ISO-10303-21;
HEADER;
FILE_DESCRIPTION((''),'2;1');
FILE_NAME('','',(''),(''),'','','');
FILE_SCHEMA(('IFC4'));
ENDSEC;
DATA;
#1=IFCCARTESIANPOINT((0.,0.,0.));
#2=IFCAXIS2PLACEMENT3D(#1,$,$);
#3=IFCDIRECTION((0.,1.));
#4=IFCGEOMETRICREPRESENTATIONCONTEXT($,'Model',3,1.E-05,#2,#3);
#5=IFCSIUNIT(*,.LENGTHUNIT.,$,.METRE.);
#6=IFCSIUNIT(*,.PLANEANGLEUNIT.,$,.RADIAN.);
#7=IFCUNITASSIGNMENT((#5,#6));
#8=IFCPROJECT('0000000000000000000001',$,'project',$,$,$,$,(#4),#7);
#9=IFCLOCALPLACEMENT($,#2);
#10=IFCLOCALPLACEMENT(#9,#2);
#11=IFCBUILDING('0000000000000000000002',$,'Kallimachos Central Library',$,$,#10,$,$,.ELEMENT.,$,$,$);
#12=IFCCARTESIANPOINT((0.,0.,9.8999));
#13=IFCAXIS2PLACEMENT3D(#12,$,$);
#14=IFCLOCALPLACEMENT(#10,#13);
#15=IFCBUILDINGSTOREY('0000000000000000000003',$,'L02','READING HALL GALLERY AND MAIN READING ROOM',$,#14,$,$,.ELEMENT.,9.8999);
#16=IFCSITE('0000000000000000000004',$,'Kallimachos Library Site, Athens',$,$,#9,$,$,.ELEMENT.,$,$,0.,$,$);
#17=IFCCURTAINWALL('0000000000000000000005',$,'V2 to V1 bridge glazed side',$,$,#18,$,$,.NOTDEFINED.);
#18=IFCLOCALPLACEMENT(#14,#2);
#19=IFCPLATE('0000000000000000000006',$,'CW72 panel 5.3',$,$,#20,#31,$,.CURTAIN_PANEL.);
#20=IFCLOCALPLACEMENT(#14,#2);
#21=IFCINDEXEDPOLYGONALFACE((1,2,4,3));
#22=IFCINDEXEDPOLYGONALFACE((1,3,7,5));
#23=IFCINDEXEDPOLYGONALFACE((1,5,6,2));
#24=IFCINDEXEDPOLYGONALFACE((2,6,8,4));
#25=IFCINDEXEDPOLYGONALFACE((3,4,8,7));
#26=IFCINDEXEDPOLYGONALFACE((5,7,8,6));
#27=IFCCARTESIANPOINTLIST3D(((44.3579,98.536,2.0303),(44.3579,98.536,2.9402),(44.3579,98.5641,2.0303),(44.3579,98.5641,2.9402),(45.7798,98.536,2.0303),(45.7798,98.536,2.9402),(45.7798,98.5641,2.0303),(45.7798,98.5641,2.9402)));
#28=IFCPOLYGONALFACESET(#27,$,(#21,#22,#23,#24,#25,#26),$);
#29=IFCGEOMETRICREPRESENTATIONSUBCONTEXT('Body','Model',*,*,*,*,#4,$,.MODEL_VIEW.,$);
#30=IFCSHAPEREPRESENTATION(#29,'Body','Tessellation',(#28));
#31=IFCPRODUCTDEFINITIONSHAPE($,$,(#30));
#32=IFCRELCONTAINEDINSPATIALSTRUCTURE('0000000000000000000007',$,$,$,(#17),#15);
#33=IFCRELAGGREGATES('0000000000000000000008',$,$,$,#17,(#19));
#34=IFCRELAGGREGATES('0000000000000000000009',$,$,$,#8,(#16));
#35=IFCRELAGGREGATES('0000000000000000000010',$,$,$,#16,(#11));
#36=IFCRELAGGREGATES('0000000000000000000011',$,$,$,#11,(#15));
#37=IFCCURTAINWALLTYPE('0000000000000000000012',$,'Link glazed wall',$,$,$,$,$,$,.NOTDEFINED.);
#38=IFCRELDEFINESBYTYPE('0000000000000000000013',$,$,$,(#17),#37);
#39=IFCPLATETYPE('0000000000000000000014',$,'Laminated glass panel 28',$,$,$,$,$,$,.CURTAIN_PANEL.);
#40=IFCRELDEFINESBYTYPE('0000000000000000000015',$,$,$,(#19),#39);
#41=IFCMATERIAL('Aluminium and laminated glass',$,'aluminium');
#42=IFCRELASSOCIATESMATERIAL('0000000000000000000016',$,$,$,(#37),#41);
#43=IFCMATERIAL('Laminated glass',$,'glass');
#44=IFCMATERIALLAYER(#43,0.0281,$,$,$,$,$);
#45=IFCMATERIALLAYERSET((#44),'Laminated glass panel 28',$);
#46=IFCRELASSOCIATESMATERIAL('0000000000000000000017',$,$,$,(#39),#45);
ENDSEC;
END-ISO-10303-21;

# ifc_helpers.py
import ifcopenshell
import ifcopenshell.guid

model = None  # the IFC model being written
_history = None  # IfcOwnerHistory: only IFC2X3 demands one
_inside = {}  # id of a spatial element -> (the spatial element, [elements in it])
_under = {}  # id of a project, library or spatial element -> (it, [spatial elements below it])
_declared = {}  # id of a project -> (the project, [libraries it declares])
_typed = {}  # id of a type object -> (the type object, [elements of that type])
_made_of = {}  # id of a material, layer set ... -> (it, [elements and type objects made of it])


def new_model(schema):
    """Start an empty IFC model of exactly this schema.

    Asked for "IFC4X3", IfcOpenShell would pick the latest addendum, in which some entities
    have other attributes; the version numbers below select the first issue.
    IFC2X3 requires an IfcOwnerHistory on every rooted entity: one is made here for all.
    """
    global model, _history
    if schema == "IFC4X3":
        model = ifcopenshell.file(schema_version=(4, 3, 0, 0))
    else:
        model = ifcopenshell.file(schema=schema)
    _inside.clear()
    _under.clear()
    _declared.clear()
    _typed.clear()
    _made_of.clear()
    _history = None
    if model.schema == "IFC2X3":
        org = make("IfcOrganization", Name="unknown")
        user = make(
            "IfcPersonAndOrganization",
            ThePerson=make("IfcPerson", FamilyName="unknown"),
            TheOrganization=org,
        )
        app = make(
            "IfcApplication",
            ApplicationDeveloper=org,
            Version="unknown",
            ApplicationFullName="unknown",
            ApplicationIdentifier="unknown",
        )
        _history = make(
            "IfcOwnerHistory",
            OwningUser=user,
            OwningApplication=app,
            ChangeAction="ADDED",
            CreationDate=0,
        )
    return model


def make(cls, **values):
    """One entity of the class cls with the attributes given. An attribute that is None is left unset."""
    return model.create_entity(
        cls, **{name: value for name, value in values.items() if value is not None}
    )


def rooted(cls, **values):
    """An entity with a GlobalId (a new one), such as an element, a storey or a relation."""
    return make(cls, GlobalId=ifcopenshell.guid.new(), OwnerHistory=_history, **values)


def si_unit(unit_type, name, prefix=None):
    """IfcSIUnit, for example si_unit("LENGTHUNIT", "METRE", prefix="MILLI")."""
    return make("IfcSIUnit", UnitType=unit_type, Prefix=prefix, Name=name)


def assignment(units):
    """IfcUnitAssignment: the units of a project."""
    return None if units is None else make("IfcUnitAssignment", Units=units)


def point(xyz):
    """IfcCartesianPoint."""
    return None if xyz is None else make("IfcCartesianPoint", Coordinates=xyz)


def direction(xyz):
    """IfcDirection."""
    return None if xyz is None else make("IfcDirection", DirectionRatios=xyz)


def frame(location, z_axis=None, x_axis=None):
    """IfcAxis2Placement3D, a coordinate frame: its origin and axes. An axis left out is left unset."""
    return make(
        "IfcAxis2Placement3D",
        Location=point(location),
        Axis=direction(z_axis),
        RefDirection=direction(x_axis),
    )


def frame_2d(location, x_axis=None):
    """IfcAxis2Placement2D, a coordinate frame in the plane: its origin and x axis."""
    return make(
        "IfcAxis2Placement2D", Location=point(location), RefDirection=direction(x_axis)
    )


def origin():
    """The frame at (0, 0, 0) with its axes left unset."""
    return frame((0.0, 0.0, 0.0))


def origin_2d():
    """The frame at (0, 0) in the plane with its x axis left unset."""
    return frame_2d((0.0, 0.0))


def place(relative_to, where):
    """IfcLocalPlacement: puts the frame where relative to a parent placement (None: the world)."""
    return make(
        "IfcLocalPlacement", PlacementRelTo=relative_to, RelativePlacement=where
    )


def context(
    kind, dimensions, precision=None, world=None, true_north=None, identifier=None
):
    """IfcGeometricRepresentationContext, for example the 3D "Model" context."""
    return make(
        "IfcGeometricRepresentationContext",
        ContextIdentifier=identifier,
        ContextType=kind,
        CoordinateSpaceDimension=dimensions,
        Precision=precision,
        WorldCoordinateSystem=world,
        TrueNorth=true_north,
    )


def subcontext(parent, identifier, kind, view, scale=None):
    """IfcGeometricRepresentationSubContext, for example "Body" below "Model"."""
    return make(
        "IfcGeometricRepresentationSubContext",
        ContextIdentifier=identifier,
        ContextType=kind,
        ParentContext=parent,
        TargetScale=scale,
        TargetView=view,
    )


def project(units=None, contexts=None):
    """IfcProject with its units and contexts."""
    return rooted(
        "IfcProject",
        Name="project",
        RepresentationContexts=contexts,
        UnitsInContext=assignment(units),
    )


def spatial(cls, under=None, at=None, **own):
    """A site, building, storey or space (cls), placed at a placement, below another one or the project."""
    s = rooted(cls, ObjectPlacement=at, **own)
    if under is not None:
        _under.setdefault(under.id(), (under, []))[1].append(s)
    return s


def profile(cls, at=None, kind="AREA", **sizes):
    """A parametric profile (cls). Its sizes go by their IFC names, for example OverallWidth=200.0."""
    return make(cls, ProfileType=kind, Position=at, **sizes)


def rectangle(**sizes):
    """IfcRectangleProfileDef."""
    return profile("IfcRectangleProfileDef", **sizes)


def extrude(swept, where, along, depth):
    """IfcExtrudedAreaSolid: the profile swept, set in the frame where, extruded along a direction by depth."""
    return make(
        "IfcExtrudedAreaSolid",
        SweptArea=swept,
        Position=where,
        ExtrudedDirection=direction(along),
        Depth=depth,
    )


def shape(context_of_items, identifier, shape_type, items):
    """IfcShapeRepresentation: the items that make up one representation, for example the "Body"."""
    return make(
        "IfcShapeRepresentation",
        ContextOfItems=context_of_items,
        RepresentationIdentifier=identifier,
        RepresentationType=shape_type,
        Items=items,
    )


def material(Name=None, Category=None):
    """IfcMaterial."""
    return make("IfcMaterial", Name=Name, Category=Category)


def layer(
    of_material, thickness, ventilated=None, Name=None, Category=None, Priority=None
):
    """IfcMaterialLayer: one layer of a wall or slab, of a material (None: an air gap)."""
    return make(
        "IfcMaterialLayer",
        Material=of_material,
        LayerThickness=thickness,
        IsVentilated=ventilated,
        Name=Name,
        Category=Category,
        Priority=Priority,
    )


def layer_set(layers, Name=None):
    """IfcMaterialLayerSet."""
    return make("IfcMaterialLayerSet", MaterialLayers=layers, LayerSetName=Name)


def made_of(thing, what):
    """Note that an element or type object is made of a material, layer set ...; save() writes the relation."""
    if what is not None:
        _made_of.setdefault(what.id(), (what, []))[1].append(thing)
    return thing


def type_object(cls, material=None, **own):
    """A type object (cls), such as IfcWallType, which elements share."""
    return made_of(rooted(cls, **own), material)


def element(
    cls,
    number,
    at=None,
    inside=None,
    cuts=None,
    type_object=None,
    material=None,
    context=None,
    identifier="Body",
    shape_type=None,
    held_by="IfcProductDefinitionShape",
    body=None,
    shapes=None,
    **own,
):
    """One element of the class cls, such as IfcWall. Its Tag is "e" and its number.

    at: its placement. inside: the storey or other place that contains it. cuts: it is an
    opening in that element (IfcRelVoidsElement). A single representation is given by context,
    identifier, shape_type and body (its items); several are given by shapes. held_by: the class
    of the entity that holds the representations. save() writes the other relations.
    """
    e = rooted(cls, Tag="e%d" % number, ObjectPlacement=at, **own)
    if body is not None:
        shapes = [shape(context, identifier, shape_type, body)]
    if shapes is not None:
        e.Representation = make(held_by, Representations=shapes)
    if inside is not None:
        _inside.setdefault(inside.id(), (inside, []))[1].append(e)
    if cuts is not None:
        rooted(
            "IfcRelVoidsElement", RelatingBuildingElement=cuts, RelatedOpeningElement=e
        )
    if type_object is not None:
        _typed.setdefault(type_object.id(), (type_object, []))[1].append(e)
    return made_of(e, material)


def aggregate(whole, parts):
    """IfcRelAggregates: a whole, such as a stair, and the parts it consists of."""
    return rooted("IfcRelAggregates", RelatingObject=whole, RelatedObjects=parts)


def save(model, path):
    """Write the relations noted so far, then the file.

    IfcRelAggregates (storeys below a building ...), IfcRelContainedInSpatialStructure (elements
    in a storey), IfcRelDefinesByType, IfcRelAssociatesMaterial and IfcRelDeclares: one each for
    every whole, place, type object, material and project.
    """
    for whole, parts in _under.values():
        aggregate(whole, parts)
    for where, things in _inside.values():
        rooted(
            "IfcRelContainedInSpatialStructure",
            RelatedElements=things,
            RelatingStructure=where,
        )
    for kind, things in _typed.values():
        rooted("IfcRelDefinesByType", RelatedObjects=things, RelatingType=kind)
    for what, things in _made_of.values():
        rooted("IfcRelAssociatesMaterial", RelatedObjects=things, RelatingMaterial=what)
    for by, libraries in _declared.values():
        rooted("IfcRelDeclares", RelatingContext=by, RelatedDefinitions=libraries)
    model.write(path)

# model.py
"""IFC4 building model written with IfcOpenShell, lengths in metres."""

from ifc_helpers import new_model, si_unit, direction, frame, origin, origin_2d, place, context, subcontext, project, spatial, rectangle, extrude, material, layer, layer_set, type_object, element, aggregate, save


model = new_model("IFC4")

# Units and contexts
model_context = context("Model", 3, precision=1e-05, world=origin(), true_north=direction((0.0, 1.0)))
body_context = subcontext(model_context, "Body", "Model", "MODEL_VIEW")
ifc_project = project(units=[si_unit("LENGTHUNIT", "METRE"), si_unit("PLANEANGLEUNIT", "RADIAN")], contexts=[model_context])

# Site, building, storey
site_placement = place(None, origin())
site = spatial("IfcSite", under=ifc_project, at=site_placement, Name="Kallimachos Library Site, Athens", CompositionType="ELEMENT", RefElevation=0.0)
building_placement = place(site_placement, origin())
building = spatial("IfcBuilding", under=site, at=building_placement, Name="Kallimachos Central Library", CompositionType="ELEMENT")
storey_placement = place(building_placement, frame((0.0, 0.0, 9.8999)))
storey = spatial("IfcBuildingStorey", under=building, at=storey_placement, Name="L02", Description="READING HALL GALLERY AND MAIN READING ROOM", CompositionType="ELEMENT", Elevation=9.8999)

# Curtain wall, plate
ifc_material_1 = material(Name="Aluminium and laminated glass", Category="aluminium")
curtain_wall_type = type_object("IfcCurtainWallType", Name="Link glazed wall", PredefinedType="NOTDEFINED", material=ifc_material_1)
curtain_wall_placement = place(storey_placement, origin())
curtain_wall = element("IfcCurtainWall", 1, at=curtain_wall_placement, inside=storey, type_object=curtain_wall_type, Name="V2 to V1 bridge glazed side", PredefinedType="NOTDEFINED")
ifc_material_2 = material(Name="Laminated glass", Category="glass")
ifc_layer = layer(ifc_material_2, 0.0281)
ifc_layer_set = layer_set([ifc_layer], Name="Laminated glass panel 28")
plate_type = type_object("IfcPlateType", Name="Laminated glass panel 28", PredefinedType="CURTAIN_PANEL", material=ifc_layer_set)
plate_1_placement = place(storey_placement, frame((45.0688, 98.55, 2.0303), z_axis=(0.0, 0.0, 1.0), x_axis=(1.0, 0.0, 0.0)))
plate_1 = element("IfcPlate", 2, at=plate_1_placement, type_object=plate_type, Name="CW72 panel 5.3", PredefinedType="CURTAIN_PANEL", context=body_context, shape_type="SweptSolid", body=[
    extrude(rectangle(XDim=1.4219, YDim=0.0281, at=origin_2d()), origin(), (0.0, 0.0, 1.0), 0.9099),
])
aggregate(curtain_wall, [plate_1])

save(model, "model.ifc")
